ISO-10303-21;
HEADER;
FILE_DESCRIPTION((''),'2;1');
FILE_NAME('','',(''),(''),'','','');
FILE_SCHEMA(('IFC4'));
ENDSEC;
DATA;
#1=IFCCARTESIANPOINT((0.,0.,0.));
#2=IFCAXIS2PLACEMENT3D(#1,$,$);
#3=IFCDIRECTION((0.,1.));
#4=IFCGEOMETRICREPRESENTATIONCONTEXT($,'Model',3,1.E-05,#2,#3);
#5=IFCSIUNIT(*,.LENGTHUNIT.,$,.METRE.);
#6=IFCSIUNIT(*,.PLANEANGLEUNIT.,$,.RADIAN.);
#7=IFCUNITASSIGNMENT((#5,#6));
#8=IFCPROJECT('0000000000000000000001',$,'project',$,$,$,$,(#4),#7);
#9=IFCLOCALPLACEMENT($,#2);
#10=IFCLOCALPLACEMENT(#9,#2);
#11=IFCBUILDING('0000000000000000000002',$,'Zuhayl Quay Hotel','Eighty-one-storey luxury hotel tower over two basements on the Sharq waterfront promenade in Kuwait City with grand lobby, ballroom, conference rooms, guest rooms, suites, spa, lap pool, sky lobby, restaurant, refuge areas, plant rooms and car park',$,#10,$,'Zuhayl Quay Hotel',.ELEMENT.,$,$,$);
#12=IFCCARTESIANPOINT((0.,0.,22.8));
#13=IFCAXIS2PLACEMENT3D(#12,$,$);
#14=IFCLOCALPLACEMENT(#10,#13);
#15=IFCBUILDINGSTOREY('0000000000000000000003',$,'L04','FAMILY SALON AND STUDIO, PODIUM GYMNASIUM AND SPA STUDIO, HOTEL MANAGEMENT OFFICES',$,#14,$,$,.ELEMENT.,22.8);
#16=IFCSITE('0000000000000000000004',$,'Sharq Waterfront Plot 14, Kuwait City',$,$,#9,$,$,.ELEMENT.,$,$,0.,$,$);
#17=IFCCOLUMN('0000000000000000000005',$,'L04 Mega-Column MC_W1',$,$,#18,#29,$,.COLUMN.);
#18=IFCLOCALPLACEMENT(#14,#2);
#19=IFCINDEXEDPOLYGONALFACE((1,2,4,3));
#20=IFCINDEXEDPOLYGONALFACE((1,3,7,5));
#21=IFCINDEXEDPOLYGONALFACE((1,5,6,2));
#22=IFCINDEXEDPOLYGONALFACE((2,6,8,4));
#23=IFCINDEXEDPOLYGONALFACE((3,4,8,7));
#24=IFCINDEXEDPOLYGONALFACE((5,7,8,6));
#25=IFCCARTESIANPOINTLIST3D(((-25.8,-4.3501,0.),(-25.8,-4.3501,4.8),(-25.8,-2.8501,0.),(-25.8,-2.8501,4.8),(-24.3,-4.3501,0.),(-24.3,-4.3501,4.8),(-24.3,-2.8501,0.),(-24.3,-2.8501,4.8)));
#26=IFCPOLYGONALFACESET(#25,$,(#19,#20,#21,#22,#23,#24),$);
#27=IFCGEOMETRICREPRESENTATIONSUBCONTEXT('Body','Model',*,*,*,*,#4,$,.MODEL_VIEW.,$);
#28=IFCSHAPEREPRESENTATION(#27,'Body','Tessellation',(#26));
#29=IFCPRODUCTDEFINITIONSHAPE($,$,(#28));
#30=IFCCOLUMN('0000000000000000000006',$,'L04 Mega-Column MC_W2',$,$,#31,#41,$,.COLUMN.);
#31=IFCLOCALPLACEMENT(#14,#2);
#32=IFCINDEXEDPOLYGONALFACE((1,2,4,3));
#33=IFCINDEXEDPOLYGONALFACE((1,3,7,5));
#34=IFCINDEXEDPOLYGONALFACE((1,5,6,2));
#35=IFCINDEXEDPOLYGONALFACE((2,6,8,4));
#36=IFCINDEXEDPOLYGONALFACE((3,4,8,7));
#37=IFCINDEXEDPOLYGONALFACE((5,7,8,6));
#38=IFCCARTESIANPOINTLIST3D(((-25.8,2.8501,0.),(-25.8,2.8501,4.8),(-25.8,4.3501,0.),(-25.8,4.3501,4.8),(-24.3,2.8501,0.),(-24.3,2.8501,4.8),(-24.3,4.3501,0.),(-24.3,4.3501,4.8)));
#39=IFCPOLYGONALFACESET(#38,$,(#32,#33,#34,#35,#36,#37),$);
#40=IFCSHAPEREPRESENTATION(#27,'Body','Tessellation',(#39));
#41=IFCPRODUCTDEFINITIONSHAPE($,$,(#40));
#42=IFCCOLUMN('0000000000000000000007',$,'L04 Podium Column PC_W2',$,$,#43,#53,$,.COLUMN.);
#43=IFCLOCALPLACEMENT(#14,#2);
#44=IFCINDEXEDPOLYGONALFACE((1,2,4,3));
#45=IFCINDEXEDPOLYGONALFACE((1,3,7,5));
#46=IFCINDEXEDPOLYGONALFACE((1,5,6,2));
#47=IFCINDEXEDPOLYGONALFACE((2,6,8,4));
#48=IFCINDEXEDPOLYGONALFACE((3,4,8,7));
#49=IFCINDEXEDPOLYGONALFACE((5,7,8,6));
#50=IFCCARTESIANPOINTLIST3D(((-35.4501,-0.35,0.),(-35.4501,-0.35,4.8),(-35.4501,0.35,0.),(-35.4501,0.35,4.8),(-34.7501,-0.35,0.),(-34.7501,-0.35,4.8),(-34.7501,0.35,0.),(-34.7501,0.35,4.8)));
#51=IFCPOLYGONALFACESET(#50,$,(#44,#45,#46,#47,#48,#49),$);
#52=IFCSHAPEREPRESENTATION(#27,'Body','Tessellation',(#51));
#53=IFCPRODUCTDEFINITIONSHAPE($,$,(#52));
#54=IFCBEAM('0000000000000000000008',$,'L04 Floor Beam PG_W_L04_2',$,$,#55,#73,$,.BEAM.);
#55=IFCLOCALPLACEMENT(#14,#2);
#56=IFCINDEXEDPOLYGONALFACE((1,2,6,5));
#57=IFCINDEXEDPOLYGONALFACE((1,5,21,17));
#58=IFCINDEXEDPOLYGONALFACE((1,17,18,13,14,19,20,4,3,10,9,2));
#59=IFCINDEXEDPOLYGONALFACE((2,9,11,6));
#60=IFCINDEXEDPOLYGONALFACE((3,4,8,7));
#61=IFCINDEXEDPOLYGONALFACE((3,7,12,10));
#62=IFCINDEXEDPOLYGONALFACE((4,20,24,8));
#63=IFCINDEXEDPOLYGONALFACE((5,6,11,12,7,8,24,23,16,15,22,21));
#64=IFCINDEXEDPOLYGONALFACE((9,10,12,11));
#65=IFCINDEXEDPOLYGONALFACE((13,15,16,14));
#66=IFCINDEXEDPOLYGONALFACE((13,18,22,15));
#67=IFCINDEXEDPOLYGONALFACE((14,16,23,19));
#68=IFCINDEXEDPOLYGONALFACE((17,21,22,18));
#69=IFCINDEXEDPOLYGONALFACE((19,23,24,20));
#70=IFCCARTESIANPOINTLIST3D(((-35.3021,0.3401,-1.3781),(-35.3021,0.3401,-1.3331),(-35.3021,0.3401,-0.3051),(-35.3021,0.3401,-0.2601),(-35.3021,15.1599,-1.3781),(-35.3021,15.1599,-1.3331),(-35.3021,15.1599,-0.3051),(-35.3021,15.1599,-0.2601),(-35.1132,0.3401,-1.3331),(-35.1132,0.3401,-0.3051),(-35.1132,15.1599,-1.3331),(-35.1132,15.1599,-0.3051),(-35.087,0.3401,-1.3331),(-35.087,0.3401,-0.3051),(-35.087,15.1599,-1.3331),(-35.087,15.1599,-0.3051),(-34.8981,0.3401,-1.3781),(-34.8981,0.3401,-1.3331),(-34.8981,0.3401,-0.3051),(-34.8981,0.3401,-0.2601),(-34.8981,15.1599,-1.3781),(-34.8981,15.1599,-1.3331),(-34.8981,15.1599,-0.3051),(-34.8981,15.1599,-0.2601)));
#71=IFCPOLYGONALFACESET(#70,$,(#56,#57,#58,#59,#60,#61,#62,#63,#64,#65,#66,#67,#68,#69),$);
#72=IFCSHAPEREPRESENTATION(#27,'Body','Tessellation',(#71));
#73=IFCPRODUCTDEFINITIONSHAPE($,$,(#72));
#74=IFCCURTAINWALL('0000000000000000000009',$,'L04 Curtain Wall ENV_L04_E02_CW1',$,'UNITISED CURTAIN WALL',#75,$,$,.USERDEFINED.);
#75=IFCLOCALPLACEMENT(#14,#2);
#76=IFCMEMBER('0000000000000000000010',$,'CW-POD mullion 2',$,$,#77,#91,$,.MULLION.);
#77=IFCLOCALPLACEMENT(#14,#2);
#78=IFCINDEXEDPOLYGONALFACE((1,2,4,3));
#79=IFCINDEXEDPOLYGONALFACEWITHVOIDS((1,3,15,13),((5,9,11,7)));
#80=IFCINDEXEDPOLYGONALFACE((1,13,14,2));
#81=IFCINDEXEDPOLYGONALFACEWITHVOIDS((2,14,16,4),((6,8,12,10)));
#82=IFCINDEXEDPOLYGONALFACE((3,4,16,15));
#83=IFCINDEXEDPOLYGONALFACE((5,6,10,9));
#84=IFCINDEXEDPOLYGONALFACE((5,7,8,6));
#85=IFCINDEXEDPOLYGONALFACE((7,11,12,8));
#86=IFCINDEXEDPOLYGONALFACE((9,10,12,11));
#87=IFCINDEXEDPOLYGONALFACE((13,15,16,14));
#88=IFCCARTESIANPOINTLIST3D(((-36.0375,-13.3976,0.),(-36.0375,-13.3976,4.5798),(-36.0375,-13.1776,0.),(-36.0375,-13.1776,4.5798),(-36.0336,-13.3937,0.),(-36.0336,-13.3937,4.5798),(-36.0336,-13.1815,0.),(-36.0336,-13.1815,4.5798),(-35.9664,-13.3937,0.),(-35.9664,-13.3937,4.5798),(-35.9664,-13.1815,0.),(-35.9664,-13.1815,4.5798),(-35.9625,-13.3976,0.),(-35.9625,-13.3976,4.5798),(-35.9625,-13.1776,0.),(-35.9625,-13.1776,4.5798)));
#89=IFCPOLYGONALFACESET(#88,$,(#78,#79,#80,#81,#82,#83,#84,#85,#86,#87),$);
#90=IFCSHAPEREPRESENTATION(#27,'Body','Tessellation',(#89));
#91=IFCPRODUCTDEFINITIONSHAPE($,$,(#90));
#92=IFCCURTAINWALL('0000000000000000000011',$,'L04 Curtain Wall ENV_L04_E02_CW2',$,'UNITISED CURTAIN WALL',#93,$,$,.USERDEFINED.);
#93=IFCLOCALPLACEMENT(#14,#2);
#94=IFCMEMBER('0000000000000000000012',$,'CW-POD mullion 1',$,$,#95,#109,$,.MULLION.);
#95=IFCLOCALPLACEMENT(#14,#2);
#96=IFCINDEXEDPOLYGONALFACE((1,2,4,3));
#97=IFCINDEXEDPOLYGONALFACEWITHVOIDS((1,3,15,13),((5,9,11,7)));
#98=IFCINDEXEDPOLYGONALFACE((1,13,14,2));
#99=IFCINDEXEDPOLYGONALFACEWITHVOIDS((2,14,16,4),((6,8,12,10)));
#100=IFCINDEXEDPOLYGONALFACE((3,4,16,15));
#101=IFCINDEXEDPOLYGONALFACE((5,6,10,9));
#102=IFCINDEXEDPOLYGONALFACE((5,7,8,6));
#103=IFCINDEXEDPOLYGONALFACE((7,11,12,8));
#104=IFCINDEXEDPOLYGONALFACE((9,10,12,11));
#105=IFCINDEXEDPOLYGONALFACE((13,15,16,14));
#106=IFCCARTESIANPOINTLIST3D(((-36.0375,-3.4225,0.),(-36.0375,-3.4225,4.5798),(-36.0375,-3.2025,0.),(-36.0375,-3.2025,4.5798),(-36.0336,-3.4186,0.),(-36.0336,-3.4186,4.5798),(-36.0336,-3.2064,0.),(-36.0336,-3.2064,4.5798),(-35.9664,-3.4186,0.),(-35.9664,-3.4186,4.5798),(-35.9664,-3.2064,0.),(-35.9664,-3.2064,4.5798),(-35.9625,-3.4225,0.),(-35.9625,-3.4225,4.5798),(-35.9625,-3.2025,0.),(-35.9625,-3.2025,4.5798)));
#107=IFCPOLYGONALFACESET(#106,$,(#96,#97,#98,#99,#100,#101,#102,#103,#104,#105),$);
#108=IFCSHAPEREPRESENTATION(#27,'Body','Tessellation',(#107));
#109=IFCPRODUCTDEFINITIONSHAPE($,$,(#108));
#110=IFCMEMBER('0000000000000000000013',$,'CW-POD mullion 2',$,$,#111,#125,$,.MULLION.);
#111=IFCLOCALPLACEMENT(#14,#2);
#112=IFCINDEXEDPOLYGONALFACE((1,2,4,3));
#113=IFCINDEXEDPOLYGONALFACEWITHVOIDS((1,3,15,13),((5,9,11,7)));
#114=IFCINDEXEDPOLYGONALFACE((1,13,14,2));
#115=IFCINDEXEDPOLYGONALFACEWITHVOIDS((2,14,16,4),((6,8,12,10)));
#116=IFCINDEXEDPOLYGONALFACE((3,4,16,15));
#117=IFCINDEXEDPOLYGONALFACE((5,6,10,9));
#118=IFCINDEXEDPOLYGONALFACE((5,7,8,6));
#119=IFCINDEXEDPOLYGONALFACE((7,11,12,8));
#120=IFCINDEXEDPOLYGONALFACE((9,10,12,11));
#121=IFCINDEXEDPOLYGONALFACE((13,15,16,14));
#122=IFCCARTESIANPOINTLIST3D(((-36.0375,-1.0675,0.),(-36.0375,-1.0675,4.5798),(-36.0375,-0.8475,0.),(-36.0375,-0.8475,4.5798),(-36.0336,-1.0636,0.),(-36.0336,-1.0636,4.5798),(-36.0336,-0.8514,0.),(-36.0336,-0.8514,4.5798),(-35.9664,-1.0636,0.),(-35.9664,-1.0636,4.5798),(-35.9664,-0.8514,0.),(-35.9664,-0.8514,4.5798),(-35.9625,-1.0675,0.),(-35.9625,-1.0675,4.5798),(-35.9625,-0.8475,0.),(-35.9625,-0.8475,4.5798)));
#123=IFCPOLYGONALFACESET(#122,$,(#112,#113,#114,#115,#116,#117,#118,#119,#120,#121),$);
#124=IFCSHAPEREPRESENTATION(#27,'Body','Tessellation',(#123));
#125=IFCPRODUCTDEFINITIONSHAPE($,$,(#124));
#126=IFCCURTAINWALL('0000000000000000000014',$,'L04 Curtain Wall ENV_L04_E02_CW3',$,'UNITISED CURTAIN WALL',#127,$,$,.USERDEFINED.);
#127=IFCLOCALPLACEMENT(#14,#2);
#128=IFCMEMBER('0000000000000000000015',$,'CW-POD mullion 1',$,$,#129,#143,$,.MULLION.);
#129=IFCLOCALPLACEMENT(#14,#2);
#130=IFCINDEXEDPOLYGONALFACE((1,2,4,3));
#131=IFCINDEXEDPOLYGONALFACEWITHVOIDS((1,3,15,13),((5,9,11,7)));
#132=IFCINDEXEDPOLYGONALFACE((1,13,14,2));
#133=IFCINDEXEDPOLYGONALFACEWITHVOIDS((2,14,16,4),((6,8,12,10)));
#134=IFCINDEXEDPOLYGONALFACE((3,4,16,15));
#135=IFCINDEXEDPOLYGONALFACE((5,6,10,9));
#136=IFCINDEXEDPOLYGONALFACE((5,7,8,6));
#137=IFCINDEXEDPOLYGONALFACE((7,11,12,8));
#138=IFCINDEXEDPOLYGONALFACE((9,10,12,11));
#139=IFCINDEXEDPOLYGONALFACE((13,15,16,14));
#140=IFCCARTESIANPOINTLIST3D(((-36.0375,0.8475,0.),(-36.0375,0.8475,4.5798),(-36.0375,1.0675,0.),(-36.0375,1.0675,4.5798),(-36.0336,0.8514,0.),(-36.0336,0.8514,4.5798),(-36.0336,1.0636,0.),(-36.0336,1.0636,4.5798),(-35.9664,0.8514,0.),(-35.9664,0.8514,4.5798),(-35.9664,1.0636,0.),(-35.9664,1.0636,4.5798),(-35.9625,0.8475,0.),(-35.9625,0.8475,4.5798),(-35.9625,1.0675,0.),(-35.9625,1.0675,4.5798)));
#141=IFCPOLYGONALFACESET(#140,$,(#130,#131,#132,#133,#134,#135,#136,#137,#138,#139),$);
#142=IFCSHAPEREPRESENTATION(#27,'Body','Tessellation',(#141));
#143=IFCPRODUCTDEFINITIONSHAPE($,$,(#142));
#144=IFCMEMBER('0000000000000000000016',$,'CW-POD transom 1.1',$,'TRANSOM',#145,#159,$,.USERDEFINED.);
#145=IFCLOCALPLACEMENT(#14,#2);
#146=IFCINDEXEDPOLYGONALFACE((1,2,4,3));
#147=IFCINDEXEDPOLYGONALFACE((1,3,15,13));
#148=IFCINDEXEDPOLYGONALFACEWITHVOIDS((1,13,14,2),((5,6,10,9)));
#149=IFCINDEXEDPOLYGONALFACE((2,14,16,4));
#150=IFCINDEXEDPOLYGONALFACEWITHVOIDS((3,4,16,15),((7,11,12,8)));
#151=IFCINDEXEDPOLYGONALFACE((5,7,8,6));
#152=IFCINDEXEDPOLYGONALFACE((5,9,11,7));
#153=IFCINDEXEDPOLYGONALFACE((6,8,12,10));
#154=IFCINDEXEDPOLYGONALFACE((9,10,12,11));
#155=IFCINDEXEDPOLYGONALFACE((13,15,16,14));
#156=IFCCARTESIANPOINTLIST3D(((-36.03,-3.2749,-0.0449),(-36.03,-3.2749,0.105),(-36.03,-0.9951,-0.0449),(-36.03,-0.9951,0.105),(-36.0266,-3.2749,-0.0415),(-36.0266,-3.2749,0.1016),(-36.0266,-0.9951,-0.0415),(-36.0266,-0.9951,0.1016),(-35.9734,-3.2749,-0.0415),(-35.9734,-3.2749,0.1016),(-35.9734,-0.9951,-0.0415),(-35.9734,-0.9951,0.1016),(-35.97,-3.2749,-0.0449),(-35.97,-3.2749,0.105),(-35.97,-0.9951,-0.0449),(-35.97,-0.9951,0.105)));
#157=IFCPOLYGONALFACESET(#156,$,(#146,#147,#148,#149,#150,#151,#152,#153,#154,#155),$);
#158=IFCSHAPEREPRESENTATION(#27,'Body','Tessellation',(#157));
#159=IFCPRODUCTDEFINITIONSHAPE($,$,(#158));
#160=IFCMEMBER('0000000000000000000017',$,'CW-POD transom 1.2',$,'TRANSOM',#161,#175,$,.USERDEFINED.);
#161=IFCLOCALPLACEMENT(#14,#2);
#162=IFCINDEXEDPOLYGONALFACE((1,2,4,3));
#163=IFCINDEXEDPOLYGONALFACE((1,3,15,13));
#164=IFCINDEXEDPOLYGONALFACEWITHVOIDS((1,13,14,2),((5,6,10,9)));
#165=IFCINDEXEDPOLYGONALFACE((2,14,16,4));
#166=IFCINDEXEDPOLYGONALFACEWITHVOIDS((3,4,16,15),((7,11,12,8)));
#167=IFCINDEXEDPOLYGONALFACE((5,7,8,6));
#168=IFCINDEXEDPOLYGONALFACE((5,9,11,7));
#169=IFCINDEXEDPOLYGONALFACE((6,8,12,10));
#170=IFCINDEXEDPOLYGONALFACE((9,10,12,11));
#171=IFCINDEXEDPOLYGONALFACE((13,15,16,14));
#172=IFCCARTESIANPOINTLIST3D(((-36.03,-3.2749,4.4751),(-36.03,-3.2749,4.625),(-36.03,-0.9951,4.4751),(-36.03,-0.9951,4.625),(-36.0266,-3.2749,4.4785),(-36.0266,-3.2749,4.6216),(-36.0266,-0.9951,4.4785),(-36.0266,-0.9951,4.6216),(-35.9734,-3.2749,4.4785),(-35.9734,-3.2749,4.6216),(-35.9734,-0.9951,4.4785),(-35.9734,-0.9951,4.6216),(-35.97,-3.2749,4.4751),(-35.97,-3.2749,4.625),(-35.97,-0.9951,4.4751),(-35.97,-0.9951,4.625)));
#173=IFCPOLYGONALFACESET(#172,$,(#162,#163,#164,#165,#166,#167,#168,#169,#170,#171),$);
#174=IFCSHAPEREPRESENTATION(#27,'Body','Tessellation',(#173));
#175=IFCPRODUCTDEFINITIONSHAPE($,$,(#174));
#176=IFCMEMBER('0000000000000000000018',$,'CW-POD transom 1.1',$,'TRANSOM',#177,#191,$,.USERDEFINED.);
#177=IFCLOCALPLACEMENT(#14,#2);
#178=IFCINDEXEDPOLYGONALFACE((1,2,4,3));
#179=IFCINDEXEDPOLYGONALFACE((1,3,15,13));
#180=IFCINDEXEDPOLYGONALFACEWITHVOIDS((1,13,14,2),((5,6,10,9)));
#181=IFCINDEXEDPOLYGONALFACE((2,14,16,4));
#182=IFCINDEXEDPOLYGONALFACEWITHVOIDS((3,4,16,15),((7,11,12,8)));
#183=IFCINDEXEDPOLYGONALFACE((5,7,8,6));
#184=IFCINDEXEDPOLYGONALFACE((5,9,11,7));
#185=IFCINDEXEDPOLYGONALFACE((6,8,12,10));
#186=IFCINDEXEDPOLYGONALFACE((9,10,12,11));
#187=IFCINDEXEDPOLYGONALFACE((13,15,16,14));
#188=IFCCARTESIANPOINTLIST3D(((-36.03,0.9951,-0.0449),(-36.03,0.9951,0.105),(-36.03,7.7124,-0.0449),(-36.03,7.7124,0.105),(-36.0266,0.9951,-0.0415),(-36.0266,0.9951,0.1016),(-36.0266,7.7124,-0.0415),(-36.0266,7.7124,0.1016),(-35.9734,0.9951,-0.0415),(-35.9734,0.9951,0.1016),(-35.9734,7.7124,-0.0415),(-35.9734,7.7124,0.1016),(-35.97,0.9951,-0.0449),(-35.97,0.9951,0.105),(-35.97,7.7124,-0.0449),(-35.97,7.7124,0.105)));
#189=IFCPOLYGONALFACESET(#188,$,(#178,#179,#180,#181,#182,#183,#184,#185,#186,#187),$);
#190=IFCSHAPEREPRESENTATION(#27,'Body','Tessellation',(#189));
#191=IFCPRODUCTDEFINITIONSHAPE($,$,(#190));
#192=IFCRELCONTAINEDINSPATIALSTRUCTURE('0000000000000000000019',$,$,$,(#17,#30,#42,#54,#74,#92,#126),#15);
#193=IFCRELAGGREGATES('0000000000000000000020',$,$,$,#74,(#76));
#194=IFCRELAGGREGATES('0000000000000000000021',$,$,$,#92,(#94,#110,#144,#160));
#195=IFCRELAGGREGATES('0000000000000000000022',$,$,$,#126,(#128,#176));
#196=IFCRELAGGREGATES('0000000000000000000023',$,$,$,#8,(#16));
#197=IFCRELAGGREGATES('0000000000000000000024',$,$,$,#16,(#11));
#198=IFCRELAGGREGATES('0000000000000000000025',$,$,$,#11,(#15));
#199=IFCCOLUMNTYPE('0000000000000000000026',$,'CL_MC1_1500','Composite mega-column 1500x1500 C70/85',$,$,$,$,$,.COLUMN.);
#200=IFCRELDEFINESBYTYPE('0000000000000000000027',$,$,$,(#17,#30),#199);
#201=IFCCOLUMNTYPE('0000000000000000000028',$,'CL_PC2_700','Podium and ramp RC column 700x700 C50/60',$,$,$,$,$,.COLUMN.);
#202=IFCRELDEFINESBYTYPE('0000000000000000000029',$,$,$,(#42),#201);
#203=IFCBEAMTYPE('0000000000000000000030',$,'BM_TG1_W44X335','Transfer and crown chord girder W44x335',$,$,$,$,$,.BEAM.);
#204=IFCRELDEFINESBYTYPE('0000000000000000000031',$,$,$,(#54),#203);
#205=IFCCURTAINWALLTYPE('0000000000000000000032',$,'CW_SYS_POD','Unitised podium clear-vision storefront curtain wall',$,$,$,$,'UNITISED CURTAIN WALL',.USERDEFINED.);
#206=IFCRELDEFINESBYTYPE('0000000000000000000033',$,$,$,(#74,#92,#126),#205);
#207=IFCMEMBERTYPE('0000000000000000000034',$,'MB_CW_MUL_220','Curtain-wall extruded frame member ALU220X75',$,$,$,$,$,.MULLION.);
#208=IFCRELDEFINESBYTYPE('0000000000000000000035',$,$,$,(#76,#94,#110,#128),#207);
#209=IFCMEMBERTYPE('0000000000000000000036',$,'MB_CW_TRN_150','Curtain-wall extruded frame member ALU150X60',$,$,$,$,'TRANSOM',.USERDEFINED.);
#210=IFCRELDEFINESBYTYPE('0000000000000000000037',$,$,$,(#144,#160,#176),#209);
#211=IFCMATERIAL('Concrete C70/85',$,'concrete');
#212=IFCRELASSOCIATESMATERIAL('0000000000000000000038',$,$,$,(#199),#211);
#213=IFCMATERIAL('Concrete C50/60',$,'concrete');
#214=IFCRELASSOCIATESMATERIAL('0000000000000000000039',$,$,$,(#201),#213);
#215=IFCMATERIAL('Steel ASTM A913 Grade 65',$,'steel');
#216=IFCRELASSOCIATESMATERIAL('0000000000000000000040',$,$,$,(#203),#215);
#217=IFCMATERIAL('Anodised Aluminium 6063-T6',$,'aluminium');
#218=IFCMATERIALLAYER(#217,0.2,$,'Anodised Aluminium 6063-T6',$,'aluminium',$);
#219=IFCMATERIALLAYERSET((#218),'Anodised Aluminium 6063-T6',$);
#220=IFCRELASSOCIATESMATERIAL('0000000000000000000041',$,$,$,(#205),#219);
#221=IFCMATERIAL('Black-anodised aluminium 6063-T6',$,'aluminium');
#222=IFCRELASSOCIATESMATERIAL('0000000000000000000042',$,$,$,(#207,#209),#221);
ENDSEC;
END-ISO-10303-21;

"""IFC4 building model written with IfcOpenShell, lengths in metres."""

from ifc_helpers import new_model, si_unit, direction, frame, origin, origin_2d, place, context, subcontext, project, spatial, rectangle, hollow_rectangle, i_section, extrude, material, layer, layer_set, material_profile, profile_set, type_object, element, aggregate, save


model = new_model("IFC4")

# Units and contexts
model_context = context("Model", 3, precision=1e-05, world=origin(), true_north=direction((0.0, 1.0)))
body_context = subcontext(model_context, "Body", "Model", "MODEL_VIEW")
ifc_project = project(units=[si_unit("LENGTHUNIT", "METRE"), si_unit("PLANEANGLEUNIT", "RADIAN")], contexts=[model_context])

# Site, building, storey
site_placement = place(None, origin())
site = spatial("IfcSite", under=ifc_project, at=site_placement, Name="Sharq Waterfront Plot 14, Kuwait City", CompositionType="ELEMENT", RefElevation=0.0)
building_placement = place(site_placement, origin())
building = spatial("IfcBuilding", under=site, at=building_placement, Name="Zuhayl Quay Hotel", Description="Eighty-one-storey luxury hotel tower over two basements on the Sharq waterfront promenade in Kuwait City with grand lobby, ballroom, conference rooms, guest rooms, suites, spa, lap pool, sky lobby, restaurant, refuge areas, plant rooms and car park", LongName="Zuhayl Quay Hotel", CompositionType="ELEMENT")
storey_placement = place(building_placement, frame((0.0, 0.0, 22.8)))
storey = spatial("IfcBuildingStorey", under=building, at=storey_placement, Name="L04", Description="FAMILY SALON AND STUDIO, PODIUM GYMNASIUM AND SPA STUDIO, HOTEL MANAGEMENT OFFICES", CompositionType="ELEMENT", Elevation=22.8)

# Columns
ifc_material_1 = material(Name="Concrete C70/85", Category="concrete")
ifc_material_profile_1 = material_profile(ifc_material_1, rectangle(XDim=1.5, YDim=1.5, at=origin_2d()), Name="RC1500X1500")
ifc_profile_set_1 = profile_set([ifc_material_profile_1], Name="Concrete C70/85")
column_type_1 = type_object("IfcColumnType", Name="CL_MC1_1500", Description="Composite mega-column 1500x1500 C70/85", PredefinedType="COLUMN", material=ifc_profile_set_1)
for number, where, z_axis, x_axis, name in (
    (1, (-25.05, -3.6001, 0.0), (0.0, 0.0, 1.0), (1.0, 0.0, 0.0), "L04 Mega-Column MC_W1"),
    (2, (-25.05, 3.6001, 0.0), (0.0, 0.0, 1.0), (1.0, 0.0, 0.0), "L04 Mega-Column MC_W2"),
):
    element("IfcColumn", number, at=place(storey_placement, frame(where, z_axis=z_axis, x_axis=x_axis)), inside=storey, type_object=column_type_1, Name=name, PredefinedType="COLUMN", context=body_context, shape_type="SweptSolid", body=[
        extrude(rectangle(XDim=1.5, YDim=1.5, at=origin_2d()), origin(), (0.0, 0.0, 1.0), 4.8),
    ])
ifc_material_2 = material(Name="Concrete C50/60", Category="concrete")
ifc_material_profile_2 = material_profile(ifc_material_2, rectangle(XDim=0.7, YDim=0.7, at=origin_2d()), Name="RC700X700")
ifc_profile_set_2 = profile_set([ifc_material_profile_2], Name="Concrete C50/60")
column_type_2 = type_object("IfcColumnType", Name="CL_PC2_700", Description="Podium and ramp RC column 700x700 C50/60", PredefinedType="COLUMN", material=ifc_profile_set_2)
column_placement = place(storey_placement, frame((-35.1001, 0.0, 0.0), z_axis=(0.0, 0.0, 1.0), x_axis=(1.0, 0.0, 0.0)))
element("IfcColumn", 3, at=column_placement, inside=storey, type_object=column_type_2, Name="L04 Podium Column PC_W2", PredefinedType="COLUMN", context=body_context, shape_type="SweptSolid", body=[
    extrude(rectangle(XDim=0.7, YDim=0.7, at=origin_2d()), origin(), (0.0, 0.0, 1.0), 4.8),
])

# Beam
ifc_material_3 = material(Name="Steel ASTM A913 Grade 65", Category="steel")
ifc_material_profile_3 = material_profile(ifc_material_3, i_section(OverallWidth=0.4041, OverallDepth=1.1179, WebThickness=0.0261, FlangeThickness=0.0449, at=origin_2d()), Name="W44X335")
ifc_profile_set_3 = profile_set([ifc_material_profile_3], Name="Steel ASTM A913 Grade 65")
beam_type = type_object("IfcBeamType", Name="BM_TG1_W44X335", Description="Transfer and crown chord girder W44x335", PredefinedType="BEAM", material=ifc_profile_set_3)
beam_placement = place(storey_placement, frame((-35.1001, 0.3401, -0.8191), z_axis=(0.0, 1.0, 0.0), x_axis=(-1.0, 0.0, 0.0)))
element("IfcBeam", 4, at=beam_placement, inside=storey, type_object=beam_type, Name="L04 Floor Beam PG_W_L04_2", PredefinedType="BEAM", context=body_context, shape_type="SweptSolid", body=[
    extrude(i_section(OverallWidth=0.4041, OverallDepth=1.1179, WebThickness=0.0261, FlangeThickness=0.0449, at=origin_2d()), origin(), (0.0, 0.0, 1.0), 14.8198),
])

# Curtain wall, member
ifc_material_4 = material(Name="Anodised Aluminium 6063-T6", Category="aluminium")
ifc_layer_1 = layer(ifc_material_4, 0.2, Name="Anodised Aluminium 6063-T6", Category="aluminium")
ifc_layer_set_1 = layer_set([ifc_layer_1], Name="Anodised Aluminium 6063-T6")
curtain_wall_type = type_object("IfcCurtainWallType", Name="CW_SYS_POD", Description="Unitised podium clear-vision storefront curtain wall", ElementType="UNITISED CURTAIN WALL", PredefinedType="USERDEFINED", material=ifc_layer_set_1)
curtain_wall_1_placement = place(storey_placement, origin())
curtain_wall_1 = element("IfcCurtainWall", 5, at=curtain_wall_1_placement, inside=storey, type_object=curtain_wall_type, Name="L04 Curtain Wall ENV_L04_E02_CW1", ObjectType="UNITISED CURTAIN WALL", PredefinedType="USERDEFINED")
ifc_material_5 = material(Name="Black-anodised aluminium 6063-T6", Category="aluminium")
ifc_material_profile_4 = material_profile(ifc_material_5, hollow_rectangle(XDim=0.075, YDim=0.22, WallThickness=0.0039, at=origin_2d()), Name="ALU220X75")
ifc_profile_set_4 = profile_set([ifc_material_profile_4], Name="Black-anodised aluminium 6063-T6")
member_type_1 = type_object("IfcMemberType", Name="MB_CW_MUL_220", Description="Curtain-wall extruded frame member ALU220X75", PredefinedType="MULLION", material=ifc_profile_set_4)
member_1_placement = place(storey_placement, frame((-36.0, -13.2876, 0.0), z_axis=(0.0, 0.0, 1.0), x_axis=(-1.0, 0.0, 0.0)))
member_1 = element("IfcMember", 6, at=member_1_placement, type_object=member_type_1, Name="CW-POD mullion 2", PredefinedType="MULLION", context=body_context, shape_type="SweptSolid", body=[
    extrude(hollow_rectangle(XDim=0.075, YDim=0.22, WallThickness=0.0039, at=origin_2d()), origin(), (0.0, 0.0, 1.0), 4.5798),
])
aggregate(curtain_wall_1, [member_1])

# Curtain wall, members
curtain_wall_2_placement = place(storey_placement, origin())
curtain_wall_2 = element("IfcCurtainWall", 7, at=curtain_wall_2_placement, inside=storey, type_object=curtain_wall_type, Name="L04 Curtain Wall ENV_L04_E02_CW2", ObjectType="UNITISED CURTAIN WALL", PredefinedType="USERDEFINED")
member_2_placement = place(storey_placement, frame((-36.0, -3.3125, 0.0), z_axis=(0.0, 0.0, 1.0), x_axis=(-1.0, 0.0, 0.0)))
member_2 = element("IfcMember", 8, at=member_2_placement, type_object=member_type_1, Name="CW-POD mullion 1", PredefinedType="MULLION", context=body_context, shape_type="SweptSolid", body=[
    extrude(hollow_rectangle(XDim=0.075, YDim=0.22, WallThickness=0.0039, at=origin_2d()), origin(), (0.0, 0.0, 1.0), 4.5798),
])
member_3_placement = place(storey_placement, frame((-36.0, -0.9575, 0.0), z_axis=(0.0, 0.0, 1.0), x_axis=(-1.0, 0.0, 0.0)))
member_3 = element("IfcMember", 9, at=member_3_placement, type_object=member_type_1, Name="CW-POD mullion 2", PredefinedType="MULLION", context=body_context, shape_type="SweptSolid", body=[
    extrude(hollow_rectangle(XDim=0.075, YDim=0.22, WallThickness=0.0039, at=origin_2d()), origin(), (0.0, 0.0, 1.0), 4.5798),
])

# Curtain wall, member
curtain_wall_3_placement = place(storey_placement, origin())
curtain_wall_3 = element("IfcCurtainWall", 10, at=curtain_wall_3_placement, inside=storey, type_object=curtain_wall_type, Name="L04 Curtain Wall ENV_L04_E02_CW3", ObjectType="UNITISED CURTAIN WALL", PredefinedType="USERDEFINED")
member_4_placement = place(storey_placement, frame((-36.0, 0.9575, 0.0), z_axis=(0.0, 0.0, 1.0), x_axis=(-1.0, 0.0, 0.0)))
member_4 = element("IfcMember", 11, at=member_4_placement, type_object=member_type_1, Name="CW-POD mullion 1", PredefinedType="MULLION", context=body_context, shape_type="SweptSolid", body=[
    extrude(hollow_rectangle(XDim=0.075, YDim=0.22, WallThickness=0.0039, at=origin_2d()), origin(), (0.0, 0.0, 1.0), 4.5798),
])

# Members
ifc_material_profile_5 = material_profile(ifc_material_5, hollow_rectangle(XDim=0.0601, YDim=0.1499, WallThickness=0.0034, at=origin_2d()), Name="ALU150X60")
ifc_profile_set_5 = profile_set([ifc_material_profile_5], Name="Black-anodised aluminium 6063-T6")
member_type_2 = type_object("IfcMemberType", Name="MB_CW_TRN_150", Description="Curtain-wall extruded frame member ALU150X60", ElementType="TRANSOM", PredefinedType="USERDEFINED", material=ifc_profile_set_5)
member_5_placement = place(storey_placement, frame((-36.0, -3.2749, 0.03), z_axis=(0.0, 1.0, 0.0), x_axis=(-1.0, 0.0, 0.0)))
member_5 = element("IfcMember", 12, at=member_5_placement, type_object=member_type_2, Name="CW-POD transom 1.1", ObjectType="TRANSOM", PredefinedType="USERDEFINED", context=body_context, shape_type="SweptSolid", body=[
    extrude(hollow_rectangle(XDim=0.0601, YDim=0.1499, WallThickness=0.0034, at=origin_2d()), origin(), (0.0, 0.0, 1.0), 2.2798),
])
member_6_placement = place(storey_placement, frame((-36.0, -3.2749, 4.55), z_axis=(0.0, 1.0, 0.0), x_axis=(-1.0, 0.0, 0.0)))
member_6 = element("IfcMember", 13, at=member_6_placement, type_object=member_type_2, Name="CW-POD transom 1.2", ObjectType="TRANSOM", PredefinedType="USERDEFINED", context=body_context, shape_type="SweptSolid", body=[
    extrude(hollow_rectangle(XDim=0.0601, YDim=0.1499, WallThickness=0.0034, at=origin_2d()), origin(), (0.0, 0.0, 1.0), 2.2798),
])
member_7_placement = place(storey_placement, frame((-36.0, 0.9951, 0.03), z_axis=(0.0, 1.0, 0.0), x_axis=(-1.0, 0.0, 0.0)))
member_7 = element("IfcMember", 14, at=member_7_placement, type_object=member_type_2, Name="CW-POD transom 1.1", ObjectType="TRANSOM", PredefinedType="USERDEFINED", context=body_context, shape_type="SweptSolid", body=[
    extrude(hollow_rectangle(XDim=0.0601, YDim=0.1499, WallThickness=0.0034, at=origin_2d()), origin(), (0.0, 0.0, 1.0), 6.7173),
])

aggregate(curtain_wall_2, [member_2, member_3, member_5, member_6])
aggregate(curtain_wall_3, [member_4, member_7])

save(model, "model.ifc")
